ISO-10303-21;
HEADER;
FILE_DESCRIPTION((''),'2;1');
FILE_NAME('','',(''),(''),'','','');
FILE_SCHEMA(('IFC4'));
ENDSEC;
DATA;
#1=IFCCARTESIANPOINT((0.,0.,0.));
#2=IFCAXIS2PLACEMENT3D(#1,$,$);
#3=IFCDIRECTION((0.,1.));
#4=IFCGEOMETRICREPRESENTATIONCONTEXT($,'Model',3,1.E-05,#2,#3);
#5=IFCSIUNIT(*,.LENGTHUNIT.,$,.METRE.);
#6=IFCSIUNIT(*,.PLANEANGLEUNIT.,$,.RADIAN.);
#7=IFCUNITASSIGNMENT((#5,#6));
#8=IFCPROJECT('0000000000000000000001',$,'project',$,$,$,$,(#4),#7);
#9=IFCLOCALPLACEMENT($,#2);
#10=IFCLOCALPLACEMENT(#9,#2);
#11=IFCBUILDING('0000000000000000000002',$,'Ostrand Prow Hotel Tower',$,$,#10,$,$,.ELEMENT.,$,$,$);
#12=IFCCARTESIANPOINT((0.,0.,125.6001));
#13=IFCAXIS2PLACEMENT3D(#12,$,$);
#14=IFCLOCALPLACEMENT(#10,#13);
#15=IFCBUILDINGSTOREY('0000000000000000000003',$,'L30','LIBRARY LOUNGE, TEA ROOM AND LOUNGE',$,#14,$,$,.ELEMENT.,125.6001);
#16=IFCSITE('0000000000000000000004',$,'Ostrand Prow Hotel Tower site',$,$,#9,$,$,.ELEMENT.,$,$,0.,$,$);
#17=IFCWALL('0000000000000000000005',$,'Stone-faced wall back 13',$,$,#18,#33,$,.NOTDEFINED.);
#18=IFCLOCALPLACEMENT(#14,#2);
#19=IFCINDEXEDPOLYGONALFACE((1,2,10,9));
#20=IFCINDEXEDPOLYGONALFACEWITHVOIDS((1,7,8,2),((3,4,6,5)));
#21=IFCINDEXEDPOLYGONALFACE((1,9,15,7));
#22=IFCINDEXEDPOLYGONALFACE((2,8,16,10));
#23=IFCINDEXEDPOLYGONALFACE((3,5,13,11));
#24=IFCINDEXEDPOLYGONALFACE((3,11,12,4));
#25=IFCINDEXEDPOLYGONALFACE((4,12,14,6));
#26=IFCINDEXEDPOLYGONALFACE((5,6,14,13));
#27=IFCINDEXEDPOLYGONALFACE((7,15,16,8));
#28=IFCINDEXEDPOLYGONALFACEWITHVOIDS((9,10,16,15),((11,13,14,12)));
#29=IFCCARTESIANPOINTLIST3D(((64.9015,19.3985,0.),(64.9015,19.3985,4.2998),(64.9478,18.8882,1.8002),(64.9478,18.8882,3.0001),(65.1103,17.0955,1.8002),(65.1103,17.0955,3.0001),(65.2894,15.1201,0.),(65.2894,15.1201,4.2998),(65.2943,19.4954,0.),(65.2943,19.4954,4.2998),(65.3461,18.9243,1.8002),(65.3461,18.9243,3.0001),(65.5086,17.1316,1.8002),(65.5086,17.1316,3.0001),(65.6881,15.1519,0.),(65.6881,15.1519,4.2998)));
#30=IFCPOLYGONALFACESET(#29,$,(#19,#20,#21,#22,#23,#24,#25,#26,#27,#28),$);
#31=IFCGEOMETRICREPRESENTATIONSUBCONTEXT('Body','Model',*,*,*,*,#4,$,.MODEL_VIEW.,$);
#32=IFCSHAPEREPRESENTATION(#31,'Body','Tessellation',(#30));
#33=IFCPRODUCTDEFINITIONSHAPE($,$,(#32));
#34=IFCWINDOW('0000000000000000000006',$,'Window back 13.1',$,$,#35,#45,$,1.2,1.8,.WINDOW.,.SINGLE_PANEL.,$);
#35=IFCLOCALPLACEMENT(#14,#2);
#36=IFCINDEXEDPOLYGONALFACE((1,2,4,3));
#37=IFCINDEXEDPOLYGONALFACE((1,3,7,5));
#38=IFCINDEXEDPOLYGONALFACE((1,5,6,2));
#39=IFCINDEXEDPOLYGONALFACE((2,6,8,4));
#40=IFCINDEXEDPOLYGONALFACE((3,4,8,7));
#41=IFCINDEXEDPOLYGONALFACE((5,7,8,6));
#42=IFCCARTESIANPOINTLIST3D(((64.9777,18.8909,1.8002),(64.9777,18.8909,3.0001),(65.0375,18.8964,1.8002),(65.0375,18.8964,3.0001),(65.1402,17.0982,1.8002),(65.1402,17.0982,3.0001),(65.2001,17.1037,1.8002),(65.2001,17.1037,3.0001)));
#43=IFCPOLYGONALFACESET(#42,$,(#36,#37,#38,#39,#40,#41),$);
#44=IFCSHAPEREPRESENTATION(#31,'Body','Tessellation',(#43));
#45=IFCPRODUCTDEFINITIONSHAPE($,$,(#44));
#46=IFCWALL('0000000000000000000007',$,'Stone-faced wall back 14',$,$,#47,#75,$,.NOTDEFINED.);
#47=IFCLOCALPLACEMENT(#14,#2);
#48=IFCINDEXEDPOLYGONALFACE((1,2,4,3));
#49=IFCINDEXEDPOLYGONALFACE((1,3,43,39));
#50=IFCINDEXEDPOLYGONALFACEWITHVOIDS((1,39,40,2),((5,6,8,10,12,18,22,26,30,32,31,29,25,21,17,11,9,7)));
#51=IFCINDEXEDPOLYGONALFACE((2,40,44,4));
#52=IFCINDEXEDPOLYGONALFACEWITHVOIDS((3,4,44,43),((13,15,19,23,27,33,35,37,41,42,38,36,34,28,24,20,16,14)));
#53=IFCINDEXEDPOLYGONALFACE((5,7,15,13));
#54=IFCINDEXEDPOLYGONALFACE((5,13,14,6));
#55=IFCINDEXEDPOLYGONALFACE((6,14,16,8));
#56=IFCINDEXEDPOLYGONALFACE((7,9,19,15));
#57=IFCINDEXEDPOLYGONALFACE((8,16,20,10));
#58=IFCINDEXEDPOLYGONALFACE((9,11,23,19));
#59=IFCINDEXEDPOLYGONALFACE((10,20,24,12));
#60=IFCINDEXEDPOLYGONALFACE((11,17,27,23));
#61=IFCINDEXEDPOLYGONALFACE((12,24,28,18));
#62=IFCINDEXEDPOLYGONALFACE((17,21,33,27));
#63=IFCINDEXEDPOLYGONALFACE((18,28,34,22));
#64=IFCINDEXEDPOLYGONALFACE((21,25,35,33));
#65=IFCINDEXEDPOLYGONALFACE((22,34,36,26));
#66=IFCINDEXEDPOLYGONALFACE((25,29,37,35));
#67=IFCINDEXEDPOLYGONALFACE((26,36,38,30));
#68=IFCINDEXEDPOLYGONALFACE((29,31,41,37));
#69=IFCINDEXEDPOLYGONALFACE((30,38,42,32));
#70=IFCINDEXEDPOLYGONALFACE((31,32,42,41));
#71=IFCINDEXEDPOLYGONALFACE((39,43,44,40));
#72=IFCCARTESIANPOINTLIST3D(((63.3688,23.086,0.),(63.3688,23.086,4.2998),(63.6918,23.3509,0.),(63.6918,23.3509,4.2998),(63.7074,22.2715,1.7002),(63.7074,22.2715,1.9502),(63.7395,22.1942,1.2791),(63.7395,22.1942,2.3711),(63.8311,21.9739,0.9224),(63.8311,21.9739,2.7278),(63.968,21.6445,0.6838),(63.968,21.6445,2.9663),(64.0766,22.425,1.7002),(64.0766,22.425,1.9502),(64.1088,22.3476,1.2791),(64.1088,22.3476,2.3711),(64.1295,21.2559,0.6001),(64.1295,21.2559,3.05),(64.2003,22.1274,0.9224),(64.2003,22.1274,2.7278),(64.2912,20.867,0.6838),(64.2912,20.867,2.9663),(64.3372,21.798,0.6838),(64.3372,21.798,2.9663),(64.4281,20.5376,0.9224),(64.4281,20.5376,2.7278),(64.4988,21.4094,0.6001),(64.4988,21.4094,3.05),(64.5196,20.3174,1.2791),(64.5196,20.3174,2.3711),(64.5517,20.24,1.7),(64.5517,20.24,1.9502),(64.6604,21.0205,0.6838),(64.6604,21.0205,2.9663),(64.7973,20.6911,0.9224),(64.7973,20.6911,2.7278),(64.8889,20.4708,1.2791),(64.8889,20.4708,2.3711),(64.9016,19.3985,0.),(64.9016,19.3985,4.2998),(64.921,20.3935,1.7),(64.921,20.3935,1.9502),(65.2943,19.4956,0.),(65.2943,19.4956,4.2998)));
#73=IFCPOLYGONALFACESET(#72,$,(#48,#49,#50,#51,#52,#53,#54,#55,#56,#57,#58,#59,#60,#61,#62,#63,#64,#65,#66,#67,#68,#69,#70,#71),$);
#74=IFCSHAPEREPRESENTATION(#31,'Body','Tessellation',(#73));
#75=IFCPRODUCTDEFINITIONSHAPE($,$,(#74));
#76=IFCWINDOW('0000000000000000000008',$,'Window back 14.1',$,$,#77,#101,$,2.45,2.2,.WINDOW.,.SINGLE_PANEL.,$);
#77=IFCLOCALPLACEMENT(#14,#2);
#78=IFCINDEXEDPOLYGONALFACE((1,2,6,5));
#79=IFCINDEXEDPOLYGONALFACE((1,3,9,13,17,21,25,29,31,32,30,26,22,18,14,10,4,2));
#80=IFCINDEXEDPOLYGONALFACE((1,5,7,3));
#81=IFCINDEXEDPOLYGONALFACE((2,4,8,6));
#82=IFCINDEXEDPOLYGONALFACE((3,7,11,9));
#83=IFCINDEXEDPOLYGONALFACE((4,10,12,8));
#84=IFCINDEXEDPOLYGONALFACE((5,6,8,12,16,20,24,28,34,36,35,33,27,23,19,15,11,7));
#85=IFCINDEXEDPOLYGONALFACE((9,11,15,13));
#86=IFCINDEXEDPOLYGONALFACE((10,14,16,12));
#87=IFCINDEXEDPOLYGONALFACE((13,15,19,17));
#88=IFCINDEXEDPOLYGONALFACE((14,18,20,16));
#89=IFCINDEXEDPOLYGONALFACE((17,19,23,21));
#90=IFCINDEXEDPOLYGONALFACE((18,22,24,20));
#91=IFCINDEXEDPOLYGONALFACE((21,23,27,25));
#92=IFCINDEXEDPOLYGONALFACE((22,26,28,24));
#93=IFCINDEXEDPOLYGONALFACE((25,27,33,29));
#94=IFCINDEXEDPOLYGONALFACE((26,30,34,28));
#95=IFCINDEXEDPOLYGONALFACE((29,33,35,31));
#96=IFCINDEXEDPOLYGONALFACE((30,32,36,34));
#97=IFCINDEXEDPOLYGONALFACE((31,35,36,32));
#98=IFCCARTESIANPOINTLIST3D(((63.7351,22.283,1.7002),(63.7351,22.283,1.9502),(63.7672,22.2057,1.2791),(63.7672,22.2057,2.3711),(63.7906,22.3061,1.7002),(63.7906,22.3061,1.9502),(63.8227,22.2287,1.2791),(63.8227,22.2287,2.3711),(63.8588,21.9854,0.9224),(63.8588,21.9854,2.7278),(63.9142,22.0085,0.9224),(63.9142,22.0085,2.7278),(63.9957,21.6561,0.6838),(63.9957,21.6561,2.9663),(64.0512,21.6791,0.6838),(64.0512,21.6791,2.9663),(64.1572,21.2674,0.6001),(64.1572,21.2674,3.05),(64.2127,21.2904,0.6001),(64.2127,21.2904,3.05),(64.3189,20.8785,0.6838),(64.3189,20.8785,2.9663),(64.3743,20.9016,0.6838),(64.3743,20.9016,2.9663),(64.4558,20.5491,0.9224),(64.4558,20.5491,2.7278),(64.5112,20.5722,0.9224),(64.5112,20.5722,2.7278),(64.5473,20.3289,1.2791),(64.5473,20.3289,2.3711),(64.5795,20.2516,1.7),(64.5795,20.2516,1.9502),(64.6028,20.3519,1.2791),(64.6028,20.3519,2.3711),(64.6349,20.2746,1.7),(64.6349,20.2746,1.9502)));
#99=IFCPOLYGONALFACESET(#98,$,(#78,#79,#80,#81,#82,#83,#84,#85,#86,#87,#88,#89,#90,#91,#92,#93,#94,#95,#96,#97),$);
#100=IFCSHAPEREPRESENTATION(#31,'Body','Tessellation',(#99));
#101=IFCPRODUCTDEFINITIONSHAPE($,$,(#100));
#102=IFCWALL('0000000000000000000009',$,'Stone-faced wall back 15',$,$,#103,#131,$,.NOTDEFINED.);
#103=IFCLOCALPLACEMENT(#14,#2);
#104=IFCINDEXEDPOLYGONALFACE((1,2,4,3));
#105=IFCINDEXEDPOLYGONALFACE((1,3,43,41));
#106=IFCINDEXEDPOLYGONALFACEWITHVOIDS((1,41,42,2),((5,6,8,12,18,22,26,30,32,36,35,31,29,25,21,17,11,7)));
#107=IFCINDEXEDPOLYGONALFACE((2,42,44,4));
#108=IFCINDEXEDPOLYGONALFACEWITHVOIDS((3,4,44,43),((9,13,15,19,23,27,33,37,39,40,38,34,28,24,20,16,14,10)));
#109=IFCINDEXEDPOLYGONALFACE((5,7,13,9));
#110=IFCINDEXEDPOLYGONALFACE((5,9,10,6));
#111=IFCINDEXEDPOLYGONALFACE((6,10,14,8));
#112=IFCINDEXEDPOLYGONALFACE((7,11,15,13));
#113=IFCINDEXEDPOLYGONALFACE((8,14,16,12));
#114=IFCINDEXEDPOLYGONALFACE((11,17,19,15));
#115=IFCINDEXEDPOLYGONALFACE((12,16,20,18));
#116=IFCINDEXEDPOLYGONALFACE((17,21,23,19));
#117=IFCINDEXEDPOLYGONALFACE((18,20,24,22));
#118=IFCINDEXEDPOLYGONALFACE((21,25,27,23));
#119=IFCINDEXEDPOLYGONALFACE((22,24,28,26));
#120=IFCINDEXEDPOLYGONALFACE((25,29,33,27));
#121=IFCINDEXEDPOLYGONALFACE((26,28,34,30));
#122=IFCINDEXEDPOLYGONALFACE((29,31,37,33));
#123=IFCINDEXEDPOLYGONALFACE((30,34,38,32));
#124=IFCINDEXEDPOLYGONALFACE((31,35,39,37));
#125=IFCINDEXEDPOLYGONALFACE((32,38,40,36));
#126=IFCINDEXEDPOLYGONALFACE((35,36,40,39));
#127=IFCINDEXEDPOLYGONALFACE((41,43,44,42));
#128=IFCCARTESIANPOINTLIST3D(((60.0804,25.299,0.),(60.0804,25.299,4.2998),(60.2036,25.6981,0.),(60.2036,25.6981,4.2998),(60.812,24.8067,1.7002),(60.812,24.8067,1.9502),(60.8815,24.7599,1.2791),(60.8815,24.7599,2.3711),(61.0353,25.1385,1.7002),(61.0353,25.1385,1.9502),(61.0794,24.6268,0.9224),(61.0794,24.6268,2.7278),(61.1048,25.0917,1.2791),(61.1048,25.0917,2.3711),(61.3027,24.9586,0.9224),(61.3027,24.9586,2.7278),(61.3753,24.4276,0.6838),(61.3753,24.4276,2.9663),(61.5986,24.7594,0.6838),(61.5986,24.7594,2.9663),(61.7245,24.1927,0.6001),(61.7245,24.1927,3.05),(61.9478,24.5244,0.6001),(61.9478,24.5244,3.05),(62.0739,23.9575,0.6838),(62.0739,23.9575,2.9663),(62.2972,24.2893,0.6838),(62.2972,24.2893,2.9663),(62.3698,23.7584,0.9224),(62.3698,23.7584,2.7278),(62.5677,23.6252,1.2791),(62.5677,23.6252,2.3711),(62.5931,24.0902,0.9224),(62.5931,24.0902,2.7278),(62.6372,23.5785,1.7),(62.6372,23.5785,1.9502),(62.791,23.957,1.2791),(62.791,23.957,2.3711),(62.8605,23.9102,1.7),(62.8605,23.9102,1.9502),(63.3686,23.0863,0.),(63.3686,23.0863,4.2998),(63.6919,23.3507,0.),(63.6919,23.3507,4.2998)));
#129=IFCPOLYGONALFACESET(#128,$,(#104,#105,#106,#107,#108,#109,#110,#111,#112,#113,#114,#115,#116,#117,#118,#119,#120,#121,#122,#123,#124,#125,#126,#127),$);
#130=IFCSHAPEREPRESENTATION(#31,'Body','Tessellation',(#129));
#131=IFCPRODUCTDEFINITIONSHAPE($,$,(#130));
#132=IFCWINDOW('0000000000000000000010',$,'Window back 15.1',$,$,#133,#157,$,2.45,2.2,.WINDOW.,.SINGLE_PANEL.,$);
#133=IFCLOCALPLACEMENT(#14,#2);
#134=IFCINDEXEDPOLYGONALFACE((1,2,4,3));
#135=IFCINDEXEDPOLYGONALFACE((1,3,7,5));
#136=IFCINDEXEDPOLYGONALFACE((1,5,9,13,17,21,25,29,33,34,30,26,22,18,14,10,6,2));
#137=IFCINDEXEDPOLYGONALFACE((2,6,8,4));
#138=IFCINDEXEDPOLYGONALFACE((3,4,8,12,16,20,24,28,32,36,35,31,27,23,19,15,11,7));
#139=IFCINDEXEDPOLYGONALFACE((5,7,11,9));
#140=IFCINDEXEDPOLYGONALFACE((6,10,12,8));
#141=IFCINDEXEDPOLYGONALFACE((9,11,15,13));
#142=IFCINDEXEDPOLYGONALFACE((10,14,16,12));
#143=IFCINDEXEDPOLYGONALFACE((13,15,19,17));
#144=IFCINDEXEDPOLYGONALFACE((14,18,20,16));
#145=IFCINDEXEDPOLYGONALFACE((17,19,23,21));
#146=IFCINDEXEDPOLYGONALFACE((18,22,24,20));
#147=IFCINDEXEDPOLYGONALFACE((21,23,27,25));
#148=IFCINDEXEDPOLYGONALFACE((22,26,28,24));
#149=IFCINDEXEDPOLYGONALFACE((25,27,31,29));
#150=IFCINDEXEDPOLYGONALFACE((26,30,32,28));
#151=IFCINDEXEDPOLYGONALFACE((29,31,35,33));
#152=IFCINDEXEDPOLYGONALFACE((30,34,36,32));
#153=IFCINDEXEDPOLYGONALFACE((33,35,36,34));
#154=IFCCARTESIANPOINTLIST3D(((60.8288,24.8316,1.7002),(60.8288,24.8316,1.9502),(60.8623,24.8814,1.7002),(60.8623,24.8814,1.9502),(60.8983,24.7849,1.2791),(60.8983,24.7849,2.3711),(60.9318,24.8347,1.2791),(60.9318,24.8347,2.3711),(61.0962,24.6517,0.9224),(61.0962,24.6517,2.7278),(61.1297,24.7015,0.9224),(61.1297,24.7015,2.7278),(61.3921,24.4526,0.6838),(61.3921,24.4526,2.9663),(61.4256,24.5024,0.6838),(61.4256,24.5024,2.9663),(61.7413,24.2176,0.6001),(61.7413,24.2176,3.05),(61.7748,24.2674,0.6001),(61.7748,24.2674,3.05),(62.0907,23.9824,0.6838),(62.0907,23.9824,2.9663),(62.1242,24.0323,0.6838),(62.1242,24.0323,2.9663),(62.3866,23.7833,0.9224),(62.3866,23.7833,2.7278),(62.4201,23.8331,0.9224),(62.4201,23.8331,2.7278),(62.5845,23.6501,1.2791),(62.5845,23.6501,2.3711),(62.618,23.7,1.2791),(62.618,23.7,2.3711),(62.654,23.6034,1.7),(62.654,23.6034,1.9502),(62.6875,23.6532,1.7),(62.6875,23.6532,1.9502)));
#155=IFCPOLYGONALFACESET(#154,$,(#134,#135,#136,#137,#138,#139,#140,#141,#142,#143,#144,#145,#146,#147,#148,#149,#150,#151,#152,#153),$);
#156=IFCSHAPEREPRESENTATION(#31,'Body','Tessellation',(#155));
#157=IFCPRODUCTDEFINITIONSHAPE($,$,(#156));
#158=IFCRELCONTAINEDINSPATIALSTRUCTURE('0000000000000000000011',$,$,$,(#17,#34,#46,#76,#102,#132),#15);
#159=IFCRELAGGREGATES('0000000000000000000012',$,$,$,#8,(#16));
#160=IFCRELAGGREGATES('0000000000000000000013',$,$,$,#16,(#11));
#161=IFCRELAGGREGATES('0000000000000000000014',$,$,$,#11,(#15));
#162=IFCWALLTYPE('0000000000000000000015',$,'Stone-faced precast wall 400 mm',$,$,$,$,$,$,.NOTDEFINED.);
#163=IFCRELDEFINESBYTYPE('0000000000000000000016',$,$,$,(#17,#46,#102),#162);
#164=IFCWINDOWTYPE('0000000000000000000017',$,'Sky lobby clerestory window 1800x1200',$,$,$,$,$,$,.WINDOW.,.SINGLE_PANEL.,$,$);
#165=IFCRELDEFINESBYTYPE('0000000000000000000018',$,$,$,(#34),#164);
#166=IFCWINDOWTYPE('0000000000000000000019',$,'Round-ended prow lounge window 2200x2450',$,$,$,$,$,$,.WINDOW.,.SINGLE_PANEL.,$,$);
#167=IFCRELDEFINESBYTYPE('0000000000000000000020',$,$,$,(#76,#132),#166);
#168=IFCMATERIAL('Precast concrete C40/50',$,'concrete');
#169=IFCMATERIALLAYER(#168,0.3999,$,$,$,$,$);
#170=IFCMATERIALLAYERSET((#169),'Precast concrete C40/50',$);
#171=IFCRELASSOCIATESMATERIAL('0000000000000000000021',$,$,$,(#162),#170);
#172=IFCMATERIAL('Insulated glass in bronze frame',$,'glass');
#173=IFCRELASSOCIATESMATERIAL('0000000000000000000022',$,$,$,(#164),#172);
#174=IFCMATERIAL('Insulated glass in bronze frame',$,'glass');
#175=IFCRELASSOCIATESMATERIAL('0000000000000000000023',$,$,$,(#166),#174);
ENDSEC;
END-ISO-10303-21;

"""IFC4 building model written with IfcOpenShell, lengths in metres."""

from ifc_helpers import new_model, si_unit, direction, frame, frame_2d, origin, place, context, subcontext, project, spatial, polyline, rectangle, outline, extrude, material, layer, layer_set, type_object, element, fill, save


model = new_model("IFC4")

# Units and contexts
model_context = context("Model", 3, precision=1e-05, world=origin(), true_north=direction((0.0, 1.0)))
body_context = subcontext(model_context, "Body", "Model", "MODEL_VIEW")
ifc_project = project(units=[si_unit("LENGTHUNIT", "METRE"), si_unit("PLANEANGLEUNIT", "RADIAN")], contexts=[model_context])

# Site, building, storey
site_placement = place(None, origin())
site = spatial("IfcSite", under=ifc_project, at=site_placement, Name="Ostrand Prow Hotel Tower site", CompositionType="ELEMENT", RefElevation=0.0)
building_placement = place(site_placement, origin())
building = spatial("IfcBuilding", under=site, at=building_placement, Name="Ostrand Prow Hotel Tower", CompositionType="ELEMENT")
storey_placement = place(building_placement, frame((0.0, 0.0, 125.6001)))
storey = spatial("IfcBuildingStorey", under=building, at=storey_placement, Name="L30", Description="LIBRARY LOUNGE, TEA ROOM AND LOUNGE", CompositionType="ELEMENT", Elevation=125.6001)

# Walls, openings, windows
ifc_material_1 = material(Name="Precast concrete C40/50", Category="concrete")
ifc_layer_1 = layer(ifc_material_1, 0.3999)
ifc_layer_set_1 = layer_set([ifc_layer_1], Name="Precast concrete C40/50")
wall_type_1 = type_object("IfcWallType", Name="Stone-faced precast wall 400 mm", PredefinedType="NOTDEFINED", material=ifc_layer_set_1)
wall_1_placement = place(storey_placement, frame((65.4888, 15.136, 0.0), z_axis=(0.0, 0.0, 1.0), x_axis=(-0.090297, 0.995915, 0.0)))
wall_1 = element("IfcWall", 1, at=wall_1_placement, inside=storey, type_object=wall_type_1, Name="Stone-faced wall back 13", PredefinedType="NOTDEFINED", context=body_context, shape_type="SweptSolid", body=[
    extrude(outline(polyline([(-0.0022, -0.2), (4.3591, -0.2), (4.2981, 0.2), (0.0022, 0.2), (-0.0022, -0.2)])), origin(), (0.0, 0.0, 1.0), 4.2998),
])
opening_1_placement = place(wall_1_placement, frame((1.9858, 0.0, 1.8)))
opening_1 = element("IfcOpeningElement", 2, at=opening_1_placement, cuts=wall_1, PredefinedType="OPENING", context=body_context, shape_type="SweptSolid", body=[
    extrude(rectangle(XDim=1.8, YDim=1.2, at=frame_2d((0.8999, 0.6001))), frame((0.0, 0.21, 0.0), z_axis=(0.0, -1.0, 0.0), x_axis=(1.0, 0.0, 0.0)), (0.0, 0.0, 1.0), 0.4199),
])
ifc_material_2 = material(Name="Insulated glass in bronze frame", Category="glass")
window_type_1 = type_object("IfcWindowType", Name="Sky lobby clerestory window 1800x1200", PartitioningType="SINGLE_PANEL", PredefinedType="WINDOW", material=ifc_material_2)
window_1_placement = place(opening_1_placement, origin())
window_1 = element("IfcWindow", 3, at=window_1_placement, inside=storey, type_object=window_type_1, Name="Window back 13.1", OverallHeight=1.2, OverallWidth=1.8, PartitioningType="SINGLE_PANEL", PredefinedType="WINDOW", context=body_context, shape_type="SweptSolid", body=[
    extrude(rectangle(XDim=1.8, YDim=1.2, at=frame_2d((0.8999, 0.6001))), frame((0.0, 0.1699, 0.0), z_axis=(0.0, -1.0, 0.0), x_axis=(1.0, 0.0, 0.0)), (0.0, 0.0, 1.0), 0.0601),
])
fill(opening_1, window_1)
wall_2_placement = place(storey_placement, frame((65.0979, 19.447, 0.0), z_axis=(0.0, 0.0, 1.0), x_axis=(-0.383817, 0.923409, 0.0)))
wall_2 = element("IfcWall", 4, at=wall_2_placement, inside=storey, type_object=wall_type_1, Name="Stone-faced wall back 14", PredefinedType="NOTDEFINED", context=body_context, shape_type="SweptSolid", body=[
    extrude(outline(polyline([(-0.0305, -0.2), (4.1445, -0.2), (4.0239, 0.2), (0.0305, 0.2), (-0.0305, -0.2)])), origin(), (0.0, 0.0, 1.0), 4.2998),
])
opening_2_placement = place(wall_2_placement, frame((0.9419, 0.0, 0.6001)))
opening_2 = element("IfcOpeningElement", 5, at=opening_2_placement, cuts=wall_2, PredefinedType="OPENING", context=body_context, shape_type="SweptSolid", body=[
    extrude(outline(polyline([(0.0, 1.3501), (0.0837, 1.771), (0.3223, 2.1277), (0.679, 2.3662), (1.1001, 2.45), (1.521, 2.3662), (1.8777, 2.1277), (2.1162, 1.771), (2.2, 1.3501), (2.2, 1.1001), (2.1162, 0.679), (1.8777, 0.3223), (1.521, 0.0837), (1.1001, 0.0), (0.679, 0.0837), (0.3223, 0.3223), (0.0837, 0.679), (0.0, 1.0999), (0.0, 1.3501)])), frame((0.0, 0.21, 0.0), z_axis=(0.0, -1.0, 0.0), x_axis=(1.0, 0.0, 0.0)), (0.0, 0.0, 1.0), 0.4199),
])
ifc_material_3 = material(Name="Insulated glass in bronze frame", Category="glass")
window_type_2 = type_object("IfcWindowType", Name="Round-ended prow lounge window 2200x2450", PartitioningType="SINGLE_PANEL", PredefinedType="WINDOW", material=ifc_material_3)
window_2_placement = place(opening_2_placement, origin())
window_2 = element("IfcWindow", 6, at=window_2_placement, inside=storey, type_object=window_type_2, Name="Window back 14.1", OverallHeight=2.45, OverallWidth=2.2, PartitioningType="SINGLE_PANEL", PredefinedType="WINDOW", context=body_context, shape_type="SweptSolid", body=[
    extrude(outline(polyline([(0.0, 1.3501), (0.0837, 1.771), (0.3223, 2.1277), (0.679, 2.3662), (1.1001, 2.45), (1.521, 2.3662), (1.8777, 2.1277), (2.1162, 1.771), (2.2, 1.3501), (2.2, 1.1001), (2.1162, 0.679), (1.8777, 0.3223), (1.521, 0.0837), (1.1001, 0.0), (0.679, 0.0837), (0.3223, 0.3223), (0.0837, 0.679), (0.0, 1.0999), (0.0, 1.3501)])), frame((0.0, 0.1699, 0.0), z_axis=(0.0, -1.0, 0.0), x_axis=(1.0, 0.0, 0.0)), (0.0, 0.0, 1.0), 0.0601),
])
fill(opening_2, window_2)
wall_3_placement = place(storey_placement, frame((63.5303, 23.2185, 0.0), z_axis=(0.0, 0.0, 1.0), x_axis=(-0.829642, 0.558296, 0.0)))
wall_3 = element("IfcWall", 7, at=wall_3_placement, inside=storey, type_object=wall_type_1, Name="Stone-faced wall back 15", PredefinedType="NOTDEFINED", context=body_context, shape_type="SweptSolid", body=[
    extrude(outline(polyline([(-0.0603, -0.2), (4.1443, -0.2), (4.0237, 0.2), (0.0603, 0.2), (-0.0603, -0.2)])), origin(), (0.0, 0.0, 1.0), 4.2998),
])
opening_3_placement = place(wall_3_placement, frame((0.9419, 0.0, 0.6001)))
opening_3 = element("IfcOpeningElement", 8, at=opening_3_placement, cuts=wall_3, PredefinedType="OPENING", context=body_context, shape_type="SweptSolid", body=[
    extrude(outline(polyline([(0.0, 1.3501), (0.0837, 1.771), (0.3223, 2.1277), (0.679, 2.3662), (1.1001, 2.45), (1.521, 2.3662), (1.8777, 2.1277), (2.1162, 1.771), (2.2, 1.3501), (2.2, 1.1001), (2.1162, 0.679), (1.8777, 0.3223), (1.521, 0.0837), (1.1001, 0.0), (0.679, 0.0837), (0.3223, 0.3223), (0.0837, 0.679), (0.0, 1.0999), (0.0, 1.3501)])), frame((0.0, 0.21, 0.0), z_axis=(0.0, -1.0, 0.0), x_axis=(1.0, 0.0, 0.0)), (0.0, 0.0, 1.0), 0.4199),
])
window_3_placement = place(opening_3_placement, origin())
window_3 = element("IfcWindow", 9, at=window_3_placement, inside=storey, type_object=window_type_2, Name="Window back 15.1", OverallHeight=2.45, OverallWidth=2.2, PartitioningType="SINGLE_PANEL", PredefinedType="WINDOW", context=body_context, shape_type="SweptSolid", body=[
    extrude(outline(polyline([(0.0, 1.3501), (0.0837, 1.771), (0.3223, 2.1277), (0.679, 2.3662), (1.1001, 2.45), (1.521, 2.3662), (1.8777, 2.1277), (2.1162, 1.771), (2.2, 1.3501), (2.2, 1.1001), (2.1162, 0.679), (1.8777, 0.3223), (1.521, 0.0837), (1.1001, 0.0), (0.679, 0.0837), (0.3223, 0.3223), (0.0837, 0.679), (0.0, 1.0999), (0.0, 1.3501)])), frame((0.0, 0.1699, 0.0), z_axis=(0.0, -1.0, 0.0), x_axis=(1.0, 0.0, 0.0)), (0.0, 0.0, 1.0), 0.0601),
])
fill(opening_3, window_3)

save(model, "model.ifc")
